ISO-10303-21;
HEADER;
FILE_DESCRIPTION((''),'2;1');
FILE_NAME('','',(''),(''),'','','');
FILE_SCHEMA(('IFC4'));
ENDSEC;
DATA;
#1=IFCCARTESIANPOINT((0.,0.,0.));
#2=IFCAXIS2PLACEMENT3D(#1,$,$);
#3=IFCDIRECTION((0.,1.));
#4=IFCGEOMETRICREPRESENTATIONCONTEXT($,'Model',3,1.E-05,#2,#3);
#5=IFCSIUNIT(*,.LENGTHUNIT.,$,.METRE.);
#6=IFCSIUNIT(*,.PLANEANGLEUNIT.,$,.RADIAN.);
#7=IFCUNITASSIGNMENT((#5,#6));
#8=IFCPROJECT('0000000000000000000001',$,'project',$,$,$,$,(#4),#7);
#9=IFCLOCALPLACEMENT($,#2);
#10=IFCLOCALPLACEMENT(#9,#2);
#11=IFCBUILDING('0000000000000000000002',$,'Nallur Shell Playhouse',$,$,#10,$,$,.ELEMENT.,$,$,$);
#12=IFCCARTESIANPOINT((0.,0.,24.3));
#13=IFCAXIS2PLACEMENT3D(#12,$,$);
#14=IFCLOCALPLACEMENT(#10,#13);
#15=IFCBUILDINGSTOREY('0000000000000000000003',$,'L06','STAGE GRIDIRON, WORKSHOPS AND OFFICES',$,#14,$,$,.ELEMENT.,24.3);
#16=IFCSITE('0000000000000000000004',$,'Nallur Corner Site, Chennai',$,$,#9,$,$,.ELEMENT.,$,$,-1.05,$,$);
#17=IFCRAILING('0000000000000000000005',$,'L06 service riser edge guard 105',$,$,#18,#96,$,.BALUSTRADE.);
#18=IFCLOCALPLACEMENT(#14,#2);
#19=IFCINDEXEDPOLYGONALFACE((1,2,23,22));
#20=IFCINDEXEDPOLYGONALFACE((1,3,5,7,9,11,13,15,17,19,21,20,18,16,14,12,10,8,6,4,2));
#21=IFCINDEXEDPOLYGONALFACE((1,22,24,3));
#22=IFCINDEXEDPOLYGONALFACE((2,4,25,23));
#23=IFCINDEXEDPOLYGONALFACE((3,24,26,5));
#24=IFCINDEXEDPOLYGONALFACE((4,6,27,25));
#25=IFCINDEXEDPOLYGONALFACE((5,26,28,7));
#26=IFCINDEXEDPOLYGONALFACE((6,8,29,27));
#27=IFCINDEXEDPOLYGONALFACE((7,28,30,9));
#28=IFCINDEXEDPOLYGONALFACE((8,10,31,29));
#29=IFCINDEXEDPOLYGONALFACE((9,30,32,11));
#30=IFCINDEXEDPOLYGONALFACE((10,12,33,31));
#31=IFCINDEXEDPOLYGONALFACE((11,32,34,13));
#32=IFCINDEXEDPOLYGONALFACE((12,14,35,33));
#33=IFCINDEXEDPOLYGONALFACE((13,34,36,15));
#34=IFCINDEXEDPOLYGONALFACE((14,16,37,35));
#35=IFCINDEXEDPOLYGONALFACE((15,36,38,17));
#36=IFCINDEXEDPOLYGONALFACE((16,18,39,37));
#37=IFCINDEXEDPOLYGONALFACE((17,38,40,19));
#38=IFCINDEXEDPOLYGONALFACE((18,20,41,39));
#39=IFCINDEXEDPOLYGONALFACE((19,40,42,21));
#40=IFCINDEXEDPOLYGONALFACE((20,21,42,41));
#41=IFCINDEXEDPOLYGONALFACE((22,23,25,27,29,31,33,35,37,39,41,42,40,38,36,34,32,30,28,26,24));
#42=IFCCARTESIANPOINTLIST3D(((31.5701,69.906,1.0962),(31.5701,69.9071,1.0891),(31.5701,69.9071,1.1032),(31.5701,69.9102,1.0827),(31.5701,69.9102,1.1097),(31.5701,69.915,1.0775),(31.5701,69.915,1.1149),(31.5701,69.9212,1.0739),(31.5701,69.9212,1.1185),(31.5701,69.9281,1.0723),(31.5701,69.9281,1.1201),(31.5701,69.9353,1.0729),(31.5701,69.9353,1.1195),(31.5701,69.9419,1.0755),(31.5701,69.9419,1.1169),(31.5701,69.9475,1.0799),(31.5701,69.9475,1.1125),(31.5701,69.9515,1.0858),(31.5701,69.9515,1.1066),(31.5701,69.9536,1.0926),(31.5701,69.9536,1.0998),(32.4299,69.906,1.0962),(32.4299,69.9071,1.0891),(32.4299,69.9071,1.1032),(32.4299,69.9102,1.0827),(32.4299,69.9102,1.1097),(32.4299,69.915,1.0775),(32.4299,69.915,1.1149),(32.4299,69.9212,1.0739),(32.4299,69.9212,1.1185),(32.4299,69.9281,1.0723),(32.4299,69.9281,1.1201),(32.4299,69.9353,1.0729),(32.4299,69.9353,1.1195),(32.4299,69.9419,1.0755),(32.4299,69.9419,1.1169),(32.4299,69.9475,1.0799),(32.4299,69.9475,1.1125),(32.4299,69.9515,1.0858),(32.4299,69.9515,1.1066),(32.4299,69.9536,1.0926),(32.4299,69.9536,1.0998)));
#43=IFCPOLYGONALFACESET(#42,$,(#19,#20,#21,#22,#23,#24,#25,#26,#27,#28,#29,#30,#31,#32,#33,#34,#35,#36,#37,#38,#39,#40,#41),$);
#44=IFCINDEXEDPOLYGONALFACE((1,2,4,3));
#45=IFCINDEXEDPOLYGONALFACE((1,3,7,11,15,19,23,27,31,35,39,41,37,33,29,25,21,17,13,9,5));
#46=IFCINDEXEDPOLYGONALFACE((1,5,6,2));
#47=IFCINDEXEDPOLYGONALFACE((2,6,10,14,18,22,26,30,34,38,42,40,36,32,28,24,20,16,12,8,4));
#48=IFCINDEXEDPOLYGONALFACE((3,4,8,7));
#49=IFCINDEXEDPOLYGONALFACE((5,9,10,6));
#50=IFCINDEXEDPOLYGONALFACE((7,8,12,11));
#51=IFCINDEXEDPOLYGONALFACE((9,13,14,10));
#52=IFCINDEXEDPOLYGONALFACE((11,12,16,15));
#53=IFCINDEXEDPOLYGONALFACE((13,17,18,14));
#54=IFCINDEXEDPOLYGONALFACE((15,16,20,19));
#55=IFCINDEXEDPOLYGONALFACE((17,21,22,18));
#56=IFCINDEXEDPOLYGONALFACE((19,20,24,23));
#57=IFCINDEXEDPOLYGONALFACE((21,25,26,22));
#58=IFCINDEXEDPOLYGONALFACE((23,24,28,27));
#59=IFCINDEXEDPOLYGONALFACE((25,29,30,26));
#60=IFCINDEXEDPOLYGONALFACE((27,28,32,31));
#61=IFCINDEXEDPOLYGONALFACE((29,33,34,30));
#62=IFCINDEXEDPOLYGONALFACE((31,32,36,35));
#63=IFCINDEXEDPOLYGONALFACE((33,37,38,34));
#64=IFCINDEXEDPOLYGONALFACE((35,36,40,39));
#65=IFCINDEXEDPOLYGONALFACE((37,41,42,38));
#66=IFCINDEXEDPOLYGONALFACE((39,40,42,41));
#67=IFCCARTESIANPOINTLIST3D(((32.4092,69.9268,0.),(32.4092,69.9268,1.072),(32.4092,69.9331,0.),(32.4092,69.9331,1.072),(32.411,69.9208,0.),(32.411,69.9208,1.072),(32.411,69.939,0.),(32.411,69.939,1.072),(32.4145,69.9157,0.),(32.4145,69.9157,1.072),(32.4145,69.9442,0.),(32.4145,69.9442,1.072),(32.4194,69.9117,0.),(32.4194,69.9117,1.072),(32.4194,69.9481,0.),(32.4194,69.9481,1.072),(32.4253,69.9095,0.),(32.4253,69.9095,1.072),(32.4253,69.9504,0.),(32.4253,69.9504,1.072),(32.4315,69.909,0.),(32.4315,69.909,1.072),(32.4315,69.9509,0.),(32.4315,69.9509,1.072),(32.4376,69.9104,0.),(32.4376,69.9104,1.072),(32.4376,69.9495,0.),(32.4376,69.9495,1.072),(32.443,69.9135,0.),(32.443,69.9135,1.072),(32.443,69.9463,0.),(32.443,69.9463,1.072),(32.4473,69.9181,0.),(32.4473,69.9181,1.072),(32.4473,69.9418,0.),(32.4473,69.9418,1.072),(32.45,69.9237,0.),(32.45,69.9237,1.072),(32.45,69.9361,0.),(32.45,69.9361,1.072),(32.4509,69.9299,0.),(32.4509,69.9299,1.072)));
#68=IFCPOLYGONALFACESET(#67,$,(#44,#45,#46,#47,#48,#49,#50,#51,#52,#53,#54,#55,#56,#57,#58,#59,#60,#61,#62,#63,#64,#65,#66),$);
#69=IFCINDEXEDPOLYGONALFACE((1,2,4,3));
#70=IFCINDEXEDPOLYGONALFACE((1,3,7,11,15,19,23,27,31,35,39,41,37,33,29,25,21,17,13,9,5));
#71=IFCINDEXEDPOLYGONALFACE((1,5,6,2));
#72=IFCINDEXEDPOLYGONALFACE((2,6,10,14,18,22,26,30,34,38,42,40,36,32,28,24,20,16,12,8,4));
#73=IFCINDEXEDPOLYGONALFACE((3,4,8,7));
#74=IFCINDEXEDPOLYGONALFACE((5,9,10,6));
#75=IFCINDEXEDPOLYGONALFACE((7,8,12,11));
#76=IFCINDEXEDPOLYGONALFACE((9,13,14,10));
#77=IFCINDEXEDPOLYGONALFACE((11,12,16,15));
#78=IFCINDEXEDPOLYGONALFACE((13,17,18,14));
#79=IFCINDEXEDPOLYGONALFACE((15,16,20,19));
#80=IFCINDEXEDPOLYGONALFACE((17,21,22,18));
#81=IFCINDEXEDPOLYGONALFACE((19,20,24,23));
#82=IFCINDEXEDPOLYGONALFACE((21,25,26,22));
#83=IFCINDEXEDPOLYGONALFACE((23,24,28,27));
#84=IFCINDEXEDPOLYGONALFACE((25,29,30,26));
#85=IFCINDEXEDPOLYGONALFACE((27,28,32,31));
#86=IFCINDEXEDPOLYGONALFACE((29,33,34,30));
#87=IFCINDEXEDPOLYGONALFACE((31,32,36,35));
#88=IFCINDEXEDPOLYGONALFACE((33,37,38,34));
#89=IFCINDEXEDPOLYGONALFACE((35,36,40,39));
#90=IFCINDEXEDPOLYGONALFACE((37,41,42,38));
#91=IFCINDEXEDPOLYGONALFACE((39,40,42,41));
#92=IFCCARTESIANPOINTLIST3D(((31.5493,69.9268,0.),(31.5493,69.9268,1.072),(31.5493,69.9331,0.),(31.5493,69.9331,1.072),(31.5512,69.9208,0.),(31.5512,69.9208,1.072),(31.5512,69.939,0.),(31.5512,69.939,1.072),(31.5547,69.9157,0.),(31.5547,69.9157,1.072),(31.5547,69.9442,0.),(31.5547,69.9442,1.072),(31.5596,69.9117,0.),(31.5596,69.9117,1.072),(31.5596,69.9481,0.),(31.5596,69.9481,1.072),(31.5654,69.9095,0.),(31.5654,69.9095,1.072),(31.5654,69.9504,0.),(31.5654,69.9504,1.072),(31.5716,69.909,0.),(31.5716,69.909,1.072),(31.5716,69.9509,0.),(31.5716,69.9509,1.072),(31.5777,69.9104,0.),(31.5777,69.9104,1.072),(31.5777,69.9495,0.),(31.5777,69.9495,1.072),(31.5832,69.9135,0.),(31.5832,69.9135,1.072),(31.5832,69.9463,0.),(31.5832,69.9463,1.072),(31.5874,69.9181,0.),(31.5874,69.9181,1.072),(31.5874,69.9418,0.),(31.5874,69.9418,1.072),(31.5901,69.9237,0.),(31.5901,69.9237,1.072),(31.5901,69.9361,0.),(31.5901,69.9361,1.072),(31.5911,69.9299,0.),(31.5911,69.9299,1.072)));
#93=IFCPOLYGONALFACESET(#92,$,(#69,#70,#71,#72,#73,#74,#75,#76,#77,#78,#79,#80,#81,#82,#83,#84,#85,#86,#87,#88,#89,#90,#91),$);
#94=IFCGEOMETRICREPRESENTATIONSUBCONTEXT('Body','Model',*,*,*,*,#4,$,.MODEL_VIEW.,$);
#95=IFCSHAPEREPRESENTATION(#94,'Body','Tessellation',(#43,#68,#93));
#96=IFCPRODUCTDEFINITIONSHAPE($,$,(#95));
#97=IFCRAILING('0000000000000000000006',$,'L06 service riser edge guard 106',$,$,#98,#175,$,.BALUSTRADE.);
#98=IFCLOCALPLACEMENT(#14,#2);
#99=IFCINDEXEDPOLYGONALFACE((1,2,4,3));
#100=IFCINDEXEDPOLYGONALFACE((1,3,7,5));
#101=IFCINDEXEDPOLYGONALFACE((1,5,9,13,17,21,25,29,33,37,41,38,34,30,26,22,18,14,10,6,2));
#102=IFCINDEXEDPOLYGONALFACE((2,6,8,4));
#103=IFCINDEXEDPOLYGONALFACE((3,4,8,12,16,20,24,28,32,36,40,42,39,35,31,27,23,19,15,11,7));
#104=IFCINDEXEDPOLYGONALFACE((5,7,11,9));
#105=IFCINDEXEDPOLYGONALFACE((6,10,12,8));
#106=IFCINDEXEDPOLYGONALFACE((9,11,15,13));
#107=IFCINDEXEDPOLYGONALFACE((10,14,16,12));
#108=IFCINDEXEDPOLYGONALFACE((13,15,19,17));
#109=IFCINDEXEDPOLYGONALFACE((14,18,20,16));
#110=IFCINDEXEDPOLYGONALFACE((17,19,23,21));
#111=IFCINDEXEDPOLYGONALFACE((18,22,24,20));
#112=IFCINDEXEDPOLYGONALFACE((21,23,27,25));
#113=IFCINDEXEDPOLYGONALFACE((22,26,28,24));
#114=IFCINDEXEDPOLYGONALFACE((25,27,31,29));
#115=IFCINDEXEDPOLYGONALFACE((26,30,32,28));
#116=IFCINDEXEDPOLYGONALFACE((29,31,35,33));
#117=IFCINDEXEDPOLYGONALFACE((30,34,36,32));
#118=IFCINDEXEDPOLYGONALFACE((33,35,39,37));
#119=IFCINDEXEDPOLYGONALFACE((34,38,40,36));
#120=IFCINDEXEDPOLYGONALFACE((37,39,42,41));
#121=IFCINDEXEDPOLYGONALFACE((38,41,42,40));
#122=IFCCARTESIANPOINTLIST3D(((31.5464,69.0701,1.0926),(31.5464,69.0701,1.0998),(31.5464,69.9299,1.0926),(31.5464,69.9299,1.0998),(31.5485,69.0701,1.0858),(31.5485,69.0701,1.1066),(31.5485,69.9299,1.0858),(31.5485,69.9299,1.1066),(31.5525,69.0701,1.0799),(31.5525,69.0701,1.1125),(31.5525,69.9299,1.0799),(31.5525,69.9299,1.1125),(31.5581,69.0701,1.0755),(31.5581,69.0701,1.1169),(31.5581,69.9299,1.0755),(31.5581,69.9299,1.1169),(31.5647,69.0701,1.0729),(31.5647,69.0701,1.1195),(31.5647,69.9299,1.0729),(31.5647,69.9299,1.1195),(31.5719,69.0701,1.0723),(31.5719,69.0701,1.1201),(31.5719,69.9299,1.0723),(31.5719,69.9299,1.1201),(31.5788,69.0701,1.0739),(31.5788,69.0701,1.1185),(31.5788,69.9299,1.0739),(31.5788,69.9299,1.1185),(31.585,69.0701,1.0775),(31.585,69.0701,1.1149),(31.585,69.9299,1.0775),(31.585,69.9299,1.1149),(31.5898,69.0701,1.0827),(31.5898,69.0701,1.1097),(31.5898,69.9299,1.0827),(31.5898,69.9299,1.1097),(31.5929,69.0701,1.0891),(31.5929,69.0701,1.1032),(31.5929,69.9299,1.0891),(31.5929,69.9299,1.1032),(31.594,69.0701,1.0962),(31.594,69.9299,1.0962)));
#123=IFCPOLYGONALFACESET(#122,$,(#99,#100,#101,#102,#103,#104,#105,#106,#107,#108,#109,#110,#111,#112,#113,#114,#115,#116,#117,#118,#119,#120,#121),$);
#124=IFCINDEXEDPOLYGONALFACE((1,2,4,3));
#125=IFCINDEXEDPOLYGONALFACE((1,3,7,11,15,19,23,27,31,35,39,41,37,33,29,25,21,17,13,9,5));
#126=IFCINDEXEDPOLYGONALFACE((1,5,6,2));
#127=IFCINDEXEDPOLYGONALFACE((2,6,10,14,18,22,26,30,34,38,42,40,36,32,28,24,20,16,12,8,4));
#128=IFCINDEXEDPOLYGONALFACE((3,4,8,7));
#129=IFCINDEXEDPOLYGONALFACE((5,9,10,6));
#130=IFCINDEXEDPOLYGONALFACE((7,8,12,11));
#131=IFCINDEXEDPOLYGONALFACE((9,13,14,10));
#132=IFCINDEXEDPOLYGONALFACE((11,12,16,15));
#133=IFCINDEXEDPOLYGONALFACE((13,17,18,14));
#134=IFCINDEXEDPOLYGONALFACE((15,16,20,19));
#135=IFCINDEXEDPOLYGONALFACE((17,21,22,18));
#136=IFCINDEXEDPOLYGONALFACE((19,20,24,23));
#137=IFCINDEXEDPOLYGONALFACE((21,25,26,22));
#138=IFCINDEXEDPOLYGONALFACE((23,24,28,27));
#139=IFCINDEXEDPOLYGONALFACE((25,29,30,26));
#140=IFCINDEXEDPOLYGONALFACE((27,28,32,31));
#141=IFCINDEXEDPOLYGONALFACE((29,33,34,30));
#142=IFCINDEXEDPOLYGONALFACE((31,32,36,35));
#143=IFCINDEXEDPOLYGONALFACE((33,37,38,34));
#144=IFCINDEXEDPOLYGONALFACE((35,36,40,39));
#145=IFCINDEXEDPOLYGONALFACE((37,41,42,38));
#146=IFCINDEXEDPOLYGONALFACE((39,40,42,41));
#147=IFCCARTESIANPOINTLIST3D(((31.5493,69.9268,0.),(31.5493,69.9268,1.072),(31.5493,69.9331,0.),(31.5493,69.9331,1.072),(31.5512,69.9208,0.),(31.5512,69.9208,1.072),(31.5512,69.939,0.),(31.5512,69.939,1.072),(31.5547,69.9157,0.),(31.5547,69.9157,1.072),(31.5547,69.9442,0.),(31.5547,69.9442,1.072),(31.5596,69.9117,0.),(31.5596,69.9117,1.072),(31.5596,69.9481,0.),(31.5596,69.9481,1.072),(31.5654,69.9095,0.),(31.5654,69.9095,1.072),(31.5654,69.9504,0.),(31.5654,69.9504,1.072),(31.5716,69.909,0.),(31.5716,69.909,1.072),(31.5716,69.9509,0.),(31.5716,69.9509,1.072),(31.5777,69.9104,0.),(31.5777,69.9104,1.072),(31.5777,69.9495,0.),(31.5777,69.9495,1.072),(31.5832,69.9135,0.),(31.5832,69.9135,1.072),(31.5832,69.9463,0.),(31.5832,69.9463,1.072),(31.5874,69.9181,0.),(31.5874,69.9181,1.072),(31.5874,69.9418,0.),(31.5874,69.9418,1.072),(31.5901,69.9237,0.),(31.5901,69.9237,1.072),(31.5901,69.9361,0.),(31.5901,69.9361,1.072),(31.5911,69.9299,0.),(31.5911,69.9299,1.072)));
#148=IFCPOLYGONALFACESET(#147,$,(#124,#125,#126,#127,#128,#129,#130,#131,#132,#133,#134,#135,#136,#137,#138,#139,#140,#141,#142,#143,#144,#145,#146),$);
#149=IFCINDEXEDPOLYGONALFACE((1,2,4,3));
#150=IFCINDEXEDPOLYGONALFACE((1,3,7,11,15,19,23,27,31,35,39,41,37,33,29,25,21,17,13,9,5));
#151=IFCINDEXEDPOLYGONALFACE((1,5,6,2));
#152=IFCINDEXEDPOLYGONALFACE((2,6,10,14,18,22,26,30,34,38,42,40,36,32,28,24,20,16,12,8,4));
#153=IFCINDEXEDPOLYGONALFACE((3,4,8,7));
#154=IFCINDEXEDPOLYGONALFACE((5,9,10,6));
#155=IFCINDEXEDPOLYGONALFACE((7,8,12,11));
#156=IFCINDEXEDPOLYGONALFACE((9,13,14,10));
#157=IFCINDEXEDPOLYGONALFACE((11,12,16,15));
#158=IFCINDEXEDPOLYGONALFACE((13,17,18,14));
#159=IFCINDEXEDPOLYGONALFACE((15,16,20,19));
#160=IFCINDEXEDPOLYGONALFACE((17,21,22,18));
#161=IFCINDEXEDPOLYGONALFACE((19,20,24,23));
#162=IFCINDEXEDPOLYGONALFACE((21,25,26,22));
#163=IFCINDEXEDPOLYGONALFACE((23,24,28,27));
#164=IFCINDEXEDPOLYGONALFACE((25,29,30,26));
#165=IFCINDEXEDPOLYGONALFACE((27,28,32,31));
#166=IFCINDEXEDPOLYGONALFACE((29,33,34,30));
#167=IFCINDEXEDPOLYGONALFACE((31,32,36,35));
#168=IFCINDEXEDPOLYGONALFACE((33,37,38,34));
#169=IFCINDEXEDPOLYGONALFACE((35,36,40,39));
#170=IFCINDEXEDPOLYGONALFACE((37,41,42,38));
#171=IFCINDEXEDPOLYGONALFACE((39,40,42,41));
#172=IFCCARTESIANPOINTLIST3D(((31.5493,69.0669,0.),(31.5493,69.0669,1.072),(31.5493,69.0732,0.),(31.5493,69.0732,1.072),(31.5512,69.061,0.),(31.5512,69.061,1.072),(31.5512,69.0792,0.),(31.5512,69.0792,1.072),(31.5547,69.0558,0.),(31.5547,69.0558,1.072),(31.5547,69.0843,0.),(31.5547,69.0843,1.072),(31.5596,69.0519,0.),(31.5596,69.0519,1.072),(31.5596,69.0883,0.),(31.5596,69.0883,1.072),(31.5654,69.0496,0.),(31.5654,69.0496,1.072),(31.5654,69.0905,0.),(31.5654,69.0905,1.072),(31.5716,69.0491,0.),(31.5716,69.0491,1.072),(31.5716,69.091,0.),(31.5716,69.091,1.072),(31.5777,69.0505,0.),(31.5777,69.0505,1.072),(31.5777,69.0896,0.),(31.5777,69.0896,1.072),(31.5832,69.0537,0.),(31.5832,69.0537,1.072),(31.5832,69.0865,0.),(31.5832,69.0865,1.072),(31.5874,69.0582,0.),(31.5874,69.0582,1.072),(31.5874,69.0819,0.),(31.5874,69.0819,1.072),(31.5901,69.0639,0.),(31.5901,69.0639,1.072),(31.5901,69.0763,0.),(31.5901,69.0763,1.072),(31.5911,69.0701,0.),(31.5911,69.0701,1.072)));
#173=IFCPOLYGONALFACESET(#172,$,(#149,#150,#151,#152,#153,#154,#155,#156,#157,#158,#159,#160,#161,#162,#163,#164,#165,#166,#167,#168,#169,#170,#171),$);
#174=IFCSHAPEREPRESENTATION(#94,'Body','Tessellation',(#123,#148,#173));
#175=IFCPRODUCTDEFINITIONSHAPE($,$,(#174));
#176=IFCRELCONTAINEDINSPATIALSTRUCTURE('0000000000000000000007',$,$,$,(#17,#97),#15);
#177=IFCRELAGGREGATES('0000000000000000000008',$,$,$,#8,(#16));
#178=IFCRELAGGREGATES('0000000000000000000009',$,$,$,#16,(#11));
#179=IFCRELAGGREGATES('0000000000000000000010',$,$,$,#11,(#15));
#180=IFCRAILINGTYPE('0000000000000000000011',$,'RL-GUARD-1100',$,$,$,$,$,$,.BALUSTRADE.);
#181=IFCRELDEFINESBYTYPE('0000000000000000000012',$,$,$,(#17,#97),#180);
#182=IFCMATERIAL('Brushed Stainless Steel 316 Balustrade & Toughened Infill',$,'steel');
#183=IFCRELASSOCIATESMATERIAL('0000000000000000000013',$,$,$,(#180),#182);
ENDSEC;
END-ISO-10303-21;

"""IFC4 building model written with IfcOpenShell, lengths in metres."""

from ifc_helpers import new_model, si_unit, direction, frame, origin, origin_2d, place, context, subcontext, project, spatial, circle, extrude, material, type_object, element, save


model = new_model("IFC4")

# Units and contexts
model_context = context("Model", 3, precision=1e-05, world=origin(), true_north=direction((0.0, 1.0)))
body_context = subcontext(model_context, "Body", "Model", "MODEL_VIEW")
ifc_project = project(units=[si_unit("LENGTHUNIT", "METRE"), si_unit("PLANEANGLEUNIT", "RADIAN")], contexts=[model_context])

# Site, building, storey
site_placement = place(None, origin())
site = spatial("IfcSite", under=ifc_project, at=site_placement, Name="Nallur Corner Site, Chennai", CompositionType="ELEMENT", RefElevation=-1.05)
building_placement = place(site_placement, origin())
building = spatial("IfcBuilding", under=site, at=building_placement, Name="Nallur Shell Playhouse", CompositionType="ELEMENT")
storey_placement = place(building_placement, frame((0.0, 0.0, 24.3)))
storey = spatial("IfcBuildingStorey", under=building, at=storey_placement, Name="L06", Description="STAGE GRIDIRON, WORKSHOPS AND OFFICES", CompositionType="ELEMENT", Elevation=24.3)

# Railings
ifc_material_1 = material(Name="Brushed Stainless Steel 316 Balustrade & Toughened Infill", Category="steel")
railing_type = type_object("IfcRailingType", Name="RL-GUARD-1100", PredefinedType="BALUSTRADE", material=ifc_material_1)
railing_1_placement = place(storey_placement, frame((32.4299, 69.9299, 0.0)))
element("IfcRailing", 1, at=railing_1_placement, inside=storey, type_object=railing_type, Name="L06 service riser edge guard 105", PredefinedType="BALUSTRADE", context=body_context, shape_type="SweptSolid", body=[
    extrude(circle(Radius=0.0239, at=origin_2d()), frame((0.0, 0.0, 1.0962), z_axis=(-1.0, 0.0, 0.0), x_axis=(0.0, -1.0, 0.0)), (0.0, 0.0, 1.0), 0.8599),
    extrude(circle(Radius=0.021, at=origin_2d()), origin(), (0.0, 0.0, 1.0), 1.072),
    extrude(circle(Radius=0.021, at=origin_2d()), frame((-0.8599, 0.0, 0.0)), (0.0, 0.0, 1.0), 1.072),
])
railing_2_placement = place(storey_placement, frame((31.5701, 69.9299, 0.0)))
element("IfcRailing", 2, at=railing_2_placement, inside=storey, type_object=railing_type, Name="L06 service riser edge guard 106", PredefinedType="BALUSTRADE", context=body_context, shape_type="SweptSolid", body=[
    extrude(circle(Radius=0.0239, at=origin_2d()), frame((0.0, 0.0, 1.0962), z_axis=(0.0, -1.0, 0.0), x_axis=(1.0, 0.0, 0.0)), (0.0, 0.0, 1.0), 0.8599),
    extrude(circle(Radius=0.021, at=origin_2d()), origin(), (0.0, 0.0, 1.0), 1.072),
    extrude(circle(Radius=0.021, at=origin_2d()), frame((0.0, -0.8599, 0.0)), (0.0, 0.0, 1.0), 1.072),
])

save(model, "model.ifc")
